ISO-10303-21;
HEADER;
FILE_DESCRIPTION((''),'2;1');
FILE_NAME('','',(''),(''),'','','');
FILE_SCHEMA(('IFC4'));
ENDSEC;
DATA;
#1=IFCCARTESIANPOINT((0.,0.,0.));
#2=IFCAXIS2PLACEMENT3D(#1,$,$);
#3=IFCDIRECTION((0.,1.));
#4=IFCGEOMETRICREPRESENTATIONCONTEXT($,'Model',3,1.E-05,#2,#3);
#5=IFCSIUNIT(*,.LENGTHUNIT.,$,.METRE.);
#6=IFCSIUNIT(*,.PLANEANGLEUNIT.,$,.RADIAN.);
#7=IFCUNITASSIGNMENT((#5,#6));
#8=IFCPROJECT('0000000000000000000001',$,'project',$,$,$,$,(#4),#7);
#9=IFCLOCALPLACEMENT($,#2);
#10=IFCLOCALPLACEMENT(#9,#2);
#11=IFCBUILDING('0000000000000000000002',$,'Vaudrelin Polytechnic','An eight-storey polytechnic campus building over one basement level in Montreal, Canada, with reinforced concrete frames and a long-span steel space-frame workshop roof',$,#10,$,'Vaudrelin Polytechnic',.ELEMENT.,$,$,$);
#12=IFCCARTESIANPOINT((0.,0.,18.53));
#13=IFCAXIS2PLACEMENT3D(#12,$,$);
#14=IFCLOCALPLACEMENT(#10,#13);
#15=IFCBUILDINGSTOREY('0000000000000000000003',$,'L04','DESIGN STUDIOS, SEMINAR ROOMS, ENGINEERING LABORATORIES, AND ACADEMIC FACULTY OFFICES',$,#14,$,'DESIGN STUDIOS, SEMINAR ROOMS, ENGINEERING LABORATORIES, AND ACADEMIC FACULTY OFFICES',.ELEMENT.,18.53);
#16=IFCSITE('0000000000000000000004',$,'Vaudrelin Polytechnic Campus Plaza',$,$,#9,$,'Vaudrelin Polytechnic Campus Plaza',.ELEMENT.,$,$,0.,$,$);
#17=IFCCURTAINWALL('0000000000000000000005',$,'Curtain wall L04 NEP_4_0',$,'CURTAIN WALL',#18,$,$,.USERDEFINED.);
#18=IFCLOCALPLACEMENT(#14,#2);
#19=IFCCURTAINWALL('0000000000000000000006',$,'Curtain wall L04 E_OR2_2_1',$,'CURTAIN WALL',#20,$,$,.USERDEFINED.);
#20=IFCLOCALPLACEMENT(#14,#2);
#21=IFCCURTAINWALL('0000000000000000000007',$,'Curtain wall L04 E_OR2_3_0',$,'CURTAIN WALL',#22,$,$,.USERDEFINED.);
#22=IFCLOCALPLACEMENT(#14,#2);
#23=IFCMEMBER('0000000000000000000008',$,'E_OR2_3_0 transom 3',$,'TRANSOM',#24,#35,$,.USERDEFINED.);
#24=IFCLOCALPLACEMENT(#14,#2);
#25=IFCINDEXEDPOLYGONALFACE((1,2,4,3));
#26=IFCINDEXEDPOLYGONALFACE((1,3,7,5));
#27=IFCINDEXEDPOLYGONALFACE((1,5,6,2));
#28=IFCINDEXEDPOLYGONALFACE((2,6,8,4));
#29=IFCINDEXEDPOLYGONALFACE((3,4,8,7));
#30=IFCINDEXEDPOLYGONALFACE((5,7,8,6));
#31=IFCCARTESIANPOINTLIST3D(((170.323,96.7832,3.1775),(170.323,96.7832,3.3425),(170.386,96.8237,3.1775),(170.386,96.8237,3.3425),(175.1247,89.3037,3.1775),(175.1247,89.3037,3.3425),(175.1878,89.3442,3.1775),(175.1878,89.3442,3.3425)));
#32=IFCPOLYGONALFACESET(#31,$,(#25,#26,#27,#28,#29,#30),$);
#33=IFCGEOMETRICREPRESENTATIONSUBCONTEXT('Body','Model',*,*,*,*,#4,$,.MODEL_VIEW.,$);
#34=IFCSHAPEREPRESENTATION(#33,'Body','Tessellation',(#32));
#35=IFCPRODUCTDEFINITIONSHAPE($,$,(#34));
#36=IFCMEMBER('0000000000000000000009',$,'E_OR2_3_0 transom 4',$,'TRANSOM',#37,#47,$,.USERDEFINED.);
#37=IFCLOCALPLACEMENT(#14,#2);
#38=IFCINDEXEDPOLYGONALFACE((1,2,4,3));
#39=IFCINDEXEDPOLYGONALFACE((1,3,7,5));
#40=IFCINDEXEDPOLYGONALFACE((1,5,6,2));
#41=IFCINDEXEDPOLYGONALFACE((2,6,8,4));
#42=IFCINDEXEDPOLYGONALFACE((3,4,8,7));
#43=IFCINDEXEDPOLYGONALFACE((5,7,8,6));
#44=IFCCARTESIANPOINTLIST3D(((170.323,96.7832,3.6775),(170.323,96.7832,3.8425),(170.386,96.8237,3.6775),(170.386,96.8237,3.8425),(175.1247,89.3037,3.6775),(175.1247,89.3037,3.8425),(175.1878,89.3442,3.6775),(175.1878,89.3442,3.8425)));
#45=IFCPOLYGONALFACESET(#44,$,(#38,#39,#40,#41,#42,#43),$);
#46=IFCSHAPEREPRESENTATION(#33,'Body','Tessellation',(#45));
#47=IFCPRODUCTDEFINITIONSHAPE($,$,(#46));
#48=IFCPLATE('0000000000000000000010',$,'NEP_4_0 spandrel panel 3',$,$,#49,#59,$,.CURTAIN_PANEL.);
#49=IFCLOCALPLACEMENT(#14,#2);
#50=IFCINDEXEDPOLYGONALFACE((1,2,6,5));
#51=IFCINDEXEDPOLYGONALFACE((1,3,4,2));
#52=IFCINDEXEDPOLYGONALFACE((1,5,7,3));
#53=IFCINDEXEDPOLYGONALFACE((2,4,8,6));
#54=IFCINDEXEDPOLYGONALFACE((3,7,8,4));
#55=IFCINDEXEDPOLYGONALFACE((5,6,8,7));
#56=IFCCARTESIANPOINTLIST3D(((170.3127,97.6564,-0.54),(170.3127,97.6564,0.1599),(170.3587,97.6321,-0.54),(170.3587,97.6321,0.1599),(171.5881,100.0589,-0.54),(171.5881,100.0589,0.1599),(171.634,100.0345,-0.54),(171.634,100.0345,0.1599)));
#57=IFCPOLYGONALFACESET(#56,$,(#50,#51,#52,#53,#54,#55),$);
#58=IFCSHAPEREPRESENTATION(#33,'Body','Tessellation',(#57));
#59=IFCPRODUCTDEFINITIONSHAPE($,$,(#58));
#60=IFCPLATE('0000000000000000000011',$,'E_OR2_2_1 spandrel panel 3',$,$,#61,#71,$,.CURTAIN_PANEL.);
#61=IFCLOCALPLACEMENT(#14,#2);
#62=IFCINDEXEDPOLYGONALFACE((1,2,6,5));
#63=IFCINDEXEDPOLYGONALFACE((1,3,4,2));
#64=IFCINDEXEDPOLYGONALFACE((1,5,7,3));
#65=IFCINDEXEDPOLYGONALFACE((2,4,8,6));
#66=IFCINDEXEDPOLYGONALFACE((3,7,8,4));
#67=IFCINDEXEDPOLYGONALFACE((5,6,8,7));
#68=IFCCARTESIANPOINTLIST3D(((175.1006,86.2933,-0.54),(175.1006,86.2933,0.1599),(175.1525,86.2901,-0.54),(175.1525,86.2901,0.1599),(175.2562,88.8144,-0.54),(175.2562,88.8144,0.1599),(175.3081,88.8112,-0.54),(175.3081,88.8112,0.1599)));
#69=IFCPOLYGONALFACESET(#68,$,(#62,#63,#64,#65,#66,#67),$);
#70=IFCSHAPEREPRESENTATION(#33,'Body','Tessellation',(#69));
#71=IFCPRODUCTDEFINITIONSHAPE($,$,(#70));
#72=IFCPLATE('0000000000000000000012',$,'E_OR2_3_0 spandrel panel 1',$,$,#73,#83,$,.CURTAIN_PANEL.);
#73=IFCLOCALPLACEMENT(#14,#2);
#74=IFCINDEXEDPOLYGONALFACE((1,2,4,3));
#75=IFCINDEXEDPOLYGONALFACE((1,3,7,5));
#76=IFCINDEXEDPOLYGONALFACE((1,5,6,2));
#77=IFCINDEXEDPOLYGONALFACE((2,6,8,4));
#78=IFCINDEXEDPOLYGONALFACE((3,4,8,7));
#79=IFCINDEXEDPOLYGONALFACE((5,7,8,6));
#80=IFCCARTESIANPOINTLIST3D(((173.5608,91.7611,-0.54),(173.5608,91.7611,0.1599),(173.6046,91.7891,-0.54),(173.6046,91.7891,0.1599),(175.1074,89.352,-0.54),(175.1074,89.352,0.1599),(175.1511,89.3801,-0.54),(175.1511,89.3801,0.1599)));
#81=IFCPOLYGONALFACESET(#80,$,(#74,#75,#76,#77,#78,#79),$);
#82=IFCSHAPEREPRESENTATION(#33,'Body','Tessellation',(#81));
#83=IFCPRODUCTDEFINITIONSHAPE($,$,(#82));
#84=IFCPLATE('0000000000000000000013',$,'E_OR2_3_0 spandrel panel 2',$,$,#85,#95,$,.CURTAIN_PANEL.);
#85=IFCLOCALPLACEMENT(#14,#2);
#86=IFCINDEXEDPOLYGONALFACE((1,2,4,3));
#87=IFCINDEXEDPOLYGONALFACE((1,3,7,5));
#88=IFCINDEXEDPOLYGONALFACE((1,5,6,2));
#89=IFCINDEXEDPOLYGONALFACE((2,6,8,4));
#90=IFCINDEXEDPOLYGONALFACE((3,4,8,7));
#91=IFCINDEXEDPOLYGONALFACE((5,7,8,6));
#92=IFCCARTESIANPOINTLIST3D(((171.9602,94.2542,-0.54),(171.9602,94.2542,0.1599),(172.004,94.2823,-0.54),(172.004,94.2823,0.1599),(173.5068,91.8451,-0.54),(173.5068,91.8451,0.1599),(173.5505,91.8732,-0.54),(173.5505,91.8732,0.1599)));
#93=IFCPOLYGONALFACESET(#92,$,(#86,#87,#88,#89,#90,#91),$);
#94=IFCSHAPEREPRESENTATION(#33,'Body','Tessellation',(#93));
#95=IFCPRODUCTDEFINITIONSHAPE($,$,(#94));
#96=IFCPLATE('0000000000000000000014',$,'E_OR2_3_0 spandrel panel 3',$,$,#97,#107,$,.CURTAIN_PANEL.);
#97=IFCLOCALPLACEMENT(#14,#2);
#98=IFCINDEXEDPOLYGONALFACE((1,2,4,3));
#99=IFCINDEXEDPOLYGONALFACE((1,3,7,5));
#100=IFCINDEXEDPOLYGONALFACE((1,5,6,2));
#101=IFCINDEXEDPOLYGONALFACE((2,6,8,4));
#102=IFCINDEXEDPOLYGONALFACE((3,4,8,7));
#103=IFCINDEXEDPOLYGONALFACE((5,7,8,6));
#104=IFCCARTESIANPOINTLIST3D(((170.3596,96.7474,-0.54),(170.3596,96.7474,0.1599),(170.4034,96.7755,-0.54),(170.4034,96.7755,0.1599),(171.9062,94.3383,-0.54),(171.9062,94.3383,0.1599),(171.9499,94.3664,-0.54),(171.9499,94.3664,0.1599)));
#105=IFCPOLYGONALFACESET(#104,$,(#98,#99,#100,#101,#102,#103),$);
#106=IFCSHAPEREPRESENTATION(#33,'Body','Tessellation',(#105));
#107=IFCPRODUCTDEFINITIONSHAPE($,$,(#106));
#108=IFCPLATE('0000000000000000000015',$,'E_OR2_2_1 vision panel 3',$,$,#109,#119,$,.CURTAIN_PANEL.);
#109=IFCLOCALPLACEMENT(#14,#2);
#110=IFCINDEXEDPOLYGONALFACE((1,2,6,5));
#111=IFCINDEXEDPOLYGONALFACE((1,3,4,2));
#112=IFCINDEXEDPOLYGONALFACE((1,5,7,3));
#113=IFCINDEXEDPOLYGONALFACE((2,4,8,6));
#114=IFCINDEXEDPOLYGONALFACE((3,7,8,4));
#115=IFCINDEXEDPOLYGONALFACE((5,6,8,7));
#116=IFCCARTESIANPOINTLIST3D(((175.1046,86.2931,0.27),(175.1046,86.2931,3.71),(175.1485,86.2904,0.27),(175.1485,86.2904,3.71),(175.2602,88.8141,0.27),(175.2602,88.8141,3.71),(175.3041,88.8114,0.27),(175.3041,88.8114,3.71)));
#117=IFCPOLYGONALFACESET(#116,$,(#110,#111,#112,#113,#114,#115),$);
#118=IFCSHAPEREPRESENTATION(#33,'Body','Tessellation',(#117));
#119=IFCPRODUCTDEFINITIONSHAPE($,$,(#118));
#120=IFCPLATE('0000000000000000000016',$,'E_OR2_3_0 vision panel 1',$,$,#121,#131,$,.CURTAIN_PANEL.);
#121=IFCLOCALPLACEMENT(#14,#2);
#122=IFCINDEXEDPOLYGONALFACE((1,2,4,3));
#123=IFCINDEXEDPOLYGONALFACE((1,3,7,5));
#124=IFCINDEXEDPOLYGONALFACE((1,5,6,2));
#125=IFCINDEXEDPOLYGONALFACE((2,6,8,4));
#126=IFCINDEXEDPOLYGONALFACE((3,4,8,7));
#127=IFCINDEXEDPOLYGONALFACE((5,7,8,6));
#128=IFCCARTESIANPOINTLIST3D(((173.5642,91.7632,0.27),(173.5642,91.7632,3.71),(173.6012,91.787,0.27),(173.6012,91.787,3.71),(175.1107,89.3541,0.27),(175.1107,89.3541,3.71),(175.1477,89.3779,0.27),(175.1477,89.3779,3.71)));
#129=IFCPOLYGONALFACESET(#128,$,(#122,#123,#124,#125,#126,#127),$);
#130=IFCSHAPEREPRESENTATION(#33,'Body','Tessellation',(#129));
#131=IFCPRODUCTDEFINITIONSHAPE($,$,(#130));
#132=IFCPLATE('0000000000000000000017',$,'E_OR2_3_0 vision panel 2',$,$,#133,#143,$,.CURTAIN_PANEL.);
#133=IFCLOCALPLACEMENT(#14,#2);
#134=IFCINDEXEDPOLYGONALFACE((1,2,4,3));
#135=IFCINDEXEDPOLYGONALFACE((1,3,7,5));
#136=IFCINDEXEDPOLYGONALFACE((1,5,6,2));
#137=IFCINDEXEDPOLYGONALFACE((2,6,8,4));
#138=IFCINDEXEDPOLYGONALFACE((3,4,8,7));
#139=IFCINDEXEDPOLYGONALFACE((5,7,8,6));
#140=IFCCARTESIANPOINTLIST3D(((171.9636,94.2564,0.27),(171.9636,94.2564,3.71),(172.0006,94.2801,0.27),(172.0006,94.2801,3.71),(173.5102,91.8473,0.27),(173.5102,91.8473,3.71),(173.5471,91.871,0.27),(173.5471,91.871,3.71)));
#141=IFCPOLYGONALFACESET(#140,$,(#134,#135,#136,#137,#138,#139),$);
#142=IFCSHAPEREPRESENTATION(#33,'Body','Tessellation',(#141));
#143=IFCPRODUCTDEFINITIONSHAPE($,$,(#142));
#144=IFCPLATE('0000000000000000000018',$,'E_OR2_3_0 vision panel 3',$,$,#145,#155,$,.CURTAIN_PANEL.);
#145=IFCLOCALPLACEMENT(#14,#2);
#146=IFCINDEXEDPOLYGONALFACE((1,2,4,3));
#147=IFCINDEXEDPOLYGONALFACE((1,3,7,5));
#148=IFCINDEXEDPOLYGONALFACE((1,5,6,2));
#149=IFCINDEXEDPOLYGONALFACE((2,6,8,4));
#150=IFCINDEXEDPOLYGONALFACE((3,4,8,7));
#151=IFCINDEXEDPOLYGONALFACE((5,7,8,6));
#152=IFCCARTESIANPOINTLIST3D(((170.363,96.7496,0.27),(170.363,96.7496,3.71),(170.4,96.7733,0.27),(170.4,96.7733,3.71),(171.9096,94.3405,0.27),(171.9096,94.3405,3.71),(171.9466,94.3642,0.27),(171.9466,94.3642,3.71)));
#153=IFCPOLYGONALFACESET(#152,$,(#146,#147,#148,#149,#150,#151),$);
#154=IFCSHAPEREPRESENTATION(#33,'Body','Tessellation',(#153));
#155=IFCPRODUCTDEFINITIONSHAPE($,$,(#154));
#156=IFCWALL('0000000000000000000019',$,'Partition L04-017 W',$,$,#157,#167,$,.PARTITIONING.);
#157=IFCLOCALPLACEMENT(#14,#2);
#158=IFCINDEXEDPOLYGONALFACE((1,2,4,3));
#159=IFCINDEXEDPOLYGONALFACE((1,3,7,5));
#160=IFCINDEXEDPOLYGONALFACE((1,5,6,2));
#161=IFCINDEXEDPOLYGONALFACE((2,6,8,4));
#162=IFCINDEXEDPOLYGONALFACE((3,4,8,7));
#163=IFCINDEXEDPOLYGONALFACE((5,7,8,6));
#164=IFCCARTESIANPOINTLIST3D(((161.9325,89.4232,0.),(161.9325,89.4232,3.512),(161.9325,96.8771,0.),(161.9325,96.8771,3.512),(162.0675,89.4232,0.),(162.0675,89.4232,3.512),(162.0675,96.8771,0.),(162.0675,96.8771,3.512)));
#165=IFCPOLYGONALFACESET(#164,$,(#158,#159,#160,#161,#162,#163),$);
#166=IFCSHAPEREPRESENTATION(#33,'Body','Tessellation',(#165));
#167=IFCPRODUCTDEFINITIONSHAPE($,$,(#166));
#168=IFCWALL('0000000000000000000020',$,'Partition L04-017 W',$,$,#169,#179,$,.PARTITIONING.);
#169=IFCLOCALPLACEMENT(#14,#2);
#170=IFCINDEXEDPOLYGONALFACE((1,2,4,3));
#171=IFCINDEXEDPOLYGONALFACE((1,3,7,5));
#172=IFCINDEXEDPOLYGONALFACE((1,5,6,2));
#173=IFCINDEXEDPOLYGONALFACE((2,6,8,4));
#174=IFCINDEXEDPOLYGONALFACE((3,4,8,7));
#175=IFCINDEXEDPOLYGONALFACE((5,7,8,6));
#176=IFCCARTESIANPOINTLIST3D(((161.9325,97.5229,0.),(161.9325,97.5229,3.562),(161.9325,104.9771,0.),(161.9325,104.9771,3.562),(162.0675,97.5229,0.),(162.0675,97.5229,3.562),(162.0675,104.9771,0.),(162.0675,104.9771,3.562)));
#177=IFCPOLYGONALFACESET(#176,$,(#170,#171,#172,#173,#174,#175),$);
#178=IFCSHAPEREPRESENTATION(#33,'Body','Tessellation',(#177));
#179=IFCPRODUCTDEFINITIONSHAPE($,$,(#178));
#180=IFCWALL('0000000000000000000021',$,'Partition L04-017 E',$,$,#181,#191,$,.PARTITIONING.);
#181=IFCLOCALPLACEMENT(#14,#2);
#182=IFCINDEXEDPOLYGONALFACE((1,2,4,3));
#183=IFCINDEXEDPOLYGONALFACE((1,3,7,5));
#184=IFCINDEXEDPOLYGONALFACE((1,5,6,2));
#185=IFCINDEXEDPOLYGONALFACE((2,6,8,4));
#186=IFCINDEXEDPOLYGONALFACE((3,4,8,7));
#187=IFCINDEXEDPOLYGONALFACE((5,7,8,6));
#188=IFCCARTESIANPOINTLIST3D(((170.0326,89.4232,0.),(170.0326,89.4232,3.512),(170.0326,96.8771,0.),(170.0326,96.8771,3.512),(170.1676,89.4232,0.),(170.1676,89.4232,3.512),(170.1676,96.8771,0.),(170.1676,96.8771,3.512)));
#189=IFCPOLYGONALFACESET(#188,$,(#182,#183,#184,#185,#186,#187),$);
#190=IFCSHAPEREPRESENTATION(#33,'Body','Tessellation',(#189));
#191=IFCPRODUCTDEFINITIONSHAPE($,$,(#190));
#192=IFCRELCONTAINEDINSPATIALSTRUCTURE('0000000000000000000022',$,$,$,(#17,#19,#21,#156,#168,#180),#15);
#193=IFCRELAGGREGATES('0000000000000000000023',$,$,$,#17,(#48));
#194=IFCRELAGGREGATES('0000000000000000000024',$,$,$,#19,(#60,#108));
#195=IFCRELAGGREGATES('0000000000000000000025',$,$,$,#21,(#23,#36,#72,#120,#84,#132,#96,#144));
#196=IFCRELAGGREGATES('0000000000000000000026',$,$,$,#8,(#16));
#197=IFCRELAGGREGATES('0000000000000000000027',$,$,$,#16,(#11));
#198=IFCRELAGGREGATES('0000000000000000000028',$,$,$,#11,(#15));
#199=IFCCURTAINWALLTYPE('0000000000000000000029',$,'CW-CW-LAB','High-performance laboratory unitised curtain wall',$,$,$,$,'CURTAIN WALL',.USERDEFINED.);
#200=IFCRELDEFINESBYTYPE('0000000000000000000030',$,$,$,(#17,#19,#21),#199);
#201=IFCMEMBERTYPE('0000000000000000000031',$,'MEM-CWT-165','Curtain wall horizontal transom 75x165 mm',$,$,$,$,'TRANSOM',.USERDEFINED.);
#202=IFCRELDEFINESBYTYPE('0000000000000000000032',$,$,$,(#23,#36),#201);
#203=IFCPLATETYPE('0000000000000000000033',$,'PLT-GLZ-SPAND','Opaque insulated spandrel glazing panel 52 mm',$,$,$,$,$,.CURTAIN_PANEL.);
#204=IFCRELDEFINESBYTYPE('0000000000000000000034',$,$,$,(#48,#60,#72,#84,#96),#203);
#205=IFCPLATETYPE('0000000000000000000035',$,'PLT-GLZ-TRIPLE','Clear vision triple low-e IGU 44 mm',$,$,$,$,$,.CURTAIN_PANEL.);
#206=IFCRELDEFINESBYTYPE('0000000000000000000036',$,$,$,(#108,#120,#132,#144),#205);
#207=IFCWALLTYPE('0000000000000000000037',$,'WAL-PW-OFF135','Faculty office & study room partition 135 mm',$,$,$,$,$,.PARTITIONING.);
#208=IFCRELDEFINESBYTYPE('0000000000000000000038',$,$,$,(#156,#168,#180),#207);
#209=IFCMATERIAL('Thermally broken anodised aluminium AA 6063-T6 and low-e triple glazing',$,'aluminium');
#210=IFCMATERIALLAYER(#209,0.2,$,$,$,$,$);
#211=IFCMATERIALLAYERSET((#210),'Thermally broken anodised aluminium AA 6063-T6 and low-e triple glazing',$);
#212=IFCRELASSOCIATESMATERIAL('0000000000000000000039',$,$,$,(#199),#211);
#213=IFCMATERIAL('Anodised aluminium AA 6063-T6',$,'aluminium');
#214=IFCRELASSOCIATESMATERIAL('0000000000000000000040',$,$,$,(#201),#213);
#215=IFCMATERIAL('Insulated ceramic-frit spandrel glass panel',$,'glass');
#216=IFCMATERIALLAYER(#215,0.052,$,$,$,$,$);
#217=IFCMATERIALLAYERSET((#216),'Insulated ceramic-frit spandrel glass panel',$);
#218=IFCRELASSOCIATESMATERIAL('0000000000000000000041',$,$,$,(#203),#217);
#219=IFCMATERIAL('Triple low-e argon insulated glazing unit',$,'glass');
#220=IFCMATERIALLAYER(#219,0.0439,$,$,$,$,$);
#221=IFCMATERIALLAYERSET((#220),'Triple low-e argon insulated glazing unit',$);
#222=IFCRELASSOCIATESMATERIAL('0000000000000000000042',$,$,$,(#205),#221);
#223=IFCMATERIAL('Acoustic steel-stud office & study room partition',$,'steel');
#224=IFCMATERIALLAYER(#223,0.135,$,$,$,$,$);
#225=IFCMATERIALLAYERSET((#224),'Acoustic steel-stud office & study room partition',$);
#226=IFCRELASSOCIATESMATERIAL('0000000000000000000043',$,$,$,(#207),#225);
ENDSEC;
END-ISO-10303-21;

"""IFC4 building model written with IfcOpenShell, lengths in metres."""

from ifc_helpers import new_model, si_unit, direction, frame, frame_2d, origin, origin_2d, place, context, subcontext, project, spatial, rectangle, extrude, material, layer, layer_set, material_profile, profile_set, type_object, element, aggregate, save


model = new_model("IFC4")

# Units and contexts
model_context = context("Model", 3, precision=1e-05, world=origin(), true_north=direction((0.0, 1.0)))
body_context = subcontext(model_context, "Body", "Model", "MODEL_VIEW")
ifc_project = project(units=[si_unit("LENGTHUNIT", "METRE"), si_unit("PLANEANGLEUNIT", "RADIAN")], contexts=[model_context])

# Site, building, storey
site_placement = place(None, origin())
site = spatial("IfcSite", under=ifc_project, at=site_placement, Name="Vaudrelin Polytechnic Campus Plaza", LongName="Vaudrelin Polytechnic Campus Plaza", CompositionType="ELEMENT", RefElevation=0.0)
building_placement = place(site_placement, origin())
building = spatial("IfcBuilding", under=site, at=building_placement, Name="Vaudrelin Polytechnic", Description="An eight-storey polytechnic campus building over one basement level in Montreal, Canada, with reinforced concrete frames and a long-span steel space-frame workshop roof", LongName="Vaudrelin Polytechnic", CompositionType="ELEMENT")
storey_placement = place(building_placement, frame((0.0, 0.0, 18.53)))
storey = spatial("IfcBuildingStorey", under=building, at=storey_placement, Name="L04", Description="DESIGN STUDIOS, SEMINAR ROOMS, ENGINEERING LABORATORIES, AND ACADEMIC FACULTY OFFICES", LongName="DESIGN STUDIOS, SEMINAR ROOMS, ENGINEERING LABORATORIES, AND ACADEMIC FACULTY OFFICES", CompositionType="ELEMENT", Elevation=18.53)

# Curtain walls
ifc_material_1 = material(Name="Thermally broken anodised aluminium AA 6063-T6 and low-e triple glazing", Category="aluminium")
ifc_layer_1 = layer(ifc_material_1, 0.2)
ifc_layer_set_1 = layer_set([ifc_layer_1], Name="Thermally broken anodised aluminium AA 6063-T6 and low-e triple glazing")
curtain_wall_type = type_object("IfcCurtainWallType", Name="CW-CW-LAB", Description="High-performance laboratory unitised curtain wall", ElementType="CURTAIN WALL", PredefinedType="USERDEFINED", material=ifc_layer_set_1)
curtain_wall_1_placement = place(storey_placement, origin())
curtain_wall_1 = element("IfcCurtainWall", 1, at=curtain_wall_1_placement, inside=storey, type_object=curtain_wall_type, Name="Curtain wall L04 NEP_4_0", ObjectType="CURTAIN WALL", PredefinedType="USERDEFINED")
ifc_material_2 = material(Name="Anodised aluminium AA 6063-T6", Category="aluminium")
curtain_wall_2_placement = place(storey_placement, origin())
curtain_wall_2 = element("IfcCurtainWall", 2, at=curtain_wall_2_placement, inside=storey, type_object=curtain_wall_type, Name="Curtain wall L04 E_OR2_2_1", ObjectType="CURTAIN WALL", PredefinedType="USERDEFINED")

# Curtain wall, members
curtain_wall_3_placement = place(storey_placement, origin())
curtain_wall_3 = element("IfcCurtainWall", 3, at=curtain_wall_3_placement, inside=storey, type_object=curtain_wall_type, Name="Curtain wall L04 E_OR2_3_0", ObjectType="CURTAIN WALL", PredefinedType="USERDEFINED")
ifc_material_profile_1 = material_profile(ifc_material_2, rectangle(XDim=0.075, YDim=0.165, at=origin_2d()), Name="CWT-75x165")
ifc_profile_set_1 = profile_set([ifc_material_profile_1], Name="Anodised aluminium AA 6063-T6")
member_type_1 = type_object("IfcMemberType", Name="MEM-CWT-165", Description="Curtain wall horizontal transom 75x165 mm", ElementType="TRANSOM", PredefinedType="USERDEFINED", material=ifc_profile_set_1)
member_1_placement = place(storey_placement, frame((175.1562, 89.324, 3.26), z_axis=(-0.540241, 0.84151, 0.0), x_axis=(-0.84151, -0.540241, 0.0)))
member_1 = element("IfcMember", 4, at=member_1_placement, type_object=member_type_1, Name="E_OR2_3_0 transom 3", ObjectType="TRANSOM", PredefinedType="USERDEFINED", context=body_context, shape_type="SweptSolid", body=[
    extrude(rectangle(XDim=0.075, YDim=0.165, at=origin_2d()), origin(), (0.0, 0.0, 1.0), 8.8882),
])
member_2_placement = place(storey_placement, frame((175.1562, 89.324, 3.76), z_axis=(-0.540241, 0.84151, 0.0), x_axis=(-0.84151, -0.540241, 0.0)))
member_2 = element("IfcMember", 5, at=member_2_placement, type_object=member_type_1, Name="E_OR2_3_0 transom 4", ObjectType="TRANSOM", PredefinedType="USERDEFINED", context=body_context, shape_type="SweptSolid", body=[
    extrude(rectangle(XDim=0.075, YDim=0.165, at=origin_2d()), origin(), (0.0, 0.0, 1.0), 8.8882),
])

# Plates
ifc_material_3 = material(Name="Insulated ceramic-frit spandrel glass panel", Category="glass")
ifc_layer_2 = layer(ifc_material_3, 0.052)
ifc_layer_set_2 = layer_set([ifc_layer_2], Name="Insulated ceramic-frit spandrel glass panel")
plate_type_1 = type_object("IfcPlateType", Name="PLT-GLZ-SPAND", Description="Opaque insulated spandrel glazing panel 52 mm", PredefinedType="CURTAIN_PANEL", material=ifc_layer_set_2)
plate_1_placement = place(storey_placement, frame((170.9734, 98.8455, -0.54), z_axis=(0.0, 0.0, 1.0), x_axis=(-0.468892, -0.883256, 0.0)))
plate_1 = element("IfcPlate", 6, at=plate_1_placement, type_object=plate_type_1, Name="NEP_4_0 spandrel panel 3", PredefinedType="CURTAIN_PANEL", context=body_context, shape_type="SweptSolid", body=[
    extrude(rectangle(XDim=2.72, YDim=0.052, at=origin_2d()), origin(), (0.0, 0.0, 1.0), 0.7),
])
aggregate(curtain_wall_1, [plate_1])
plate_2_placement = place(storey_placement, frame((175.2043, 87.5522, -0.54), z_axis=(0.0, 0.0, 1.0), x_axis=(0.061605, 0.998101, 0.0)))
plate_2 = element("IfcPlate", 7, at=plate_2_placement, type_object=plate_type_1, Name="E_OR2_2_1 spandrel panel 3", PredefinedType="CURTAIN_PANEL", context=body_context, shape_type="SweptSolid", body=[
    extrude(rectangle(XDim=2.5259, YDim=0.052, at=origin_2d()), origin(), (0.0, 0.0, 1.0), 0.7),
])
plate_3_placement = place(storey_placement, frame((174.356, 90.5706, -0.54), z_axis=(0.0, 0.0, 1.0), x_axis=(-0.540228, 0.841519, 0.0)))
plate_3 = element("IfcPlate", 8, at=plate_3_placement, type_object=plate_type_1, Name="E_OR2_3_0 spandrel panel 1", PredefinedType="CURTAIN_PANEL", context=body_context, shape_type="SweptSolid", body=[
    extrude(rectangle(XDim=2.8628, YDim=0.052, at=origin_2d()), origin(), (0.0, 0.0, 1.0), 0.7),
])
plate_4_placement = place(storey_placement, frame((172.7554, 93.0637, -0.54), z_axis=(0.0, 0.0, 1.0), x_axis=(-0.540228, 0.841519, 0.0)))
plate_4 = element("IfcPlate", 9, at=plate_4_placement, type_object=plate_type_1, Name="E_OR2_3_0 spandrel panel 2", PredefinedType="CURTAIN_PANEL", context=body_context, shape_type="SweptSolid", body=[
    extrude(rectangle(XDim=2.8628, YDim=0.052, at=origin_2d()), origin(), (0.0, 0.0, 1.0), 0.7),
])
plate_5_placement = place(storey_placement, frame((171.1548, 95.5569, -0.54), z_axis=(0.0, 0.0, 1.0), x_axis=(-0.540228, 0.841519, 0.0)))
plate_5 = element("IfcPlate", 10, at=plate_5_placement, type_object=plate_type_1, Name="E_OR2_3_0 spandrel panel 3", PredefinedType="CURTAIN_PANEL", context=body_context, shape_type="SweptSolid", body=[
    extrude(rectangle(XDim=2.8628, YDim=0.052, at=origin_2d()), origin(), (0.0, 0.0, 1.0), 0.7),
])
ifc_material_4 = material(Name="Triple low-e argon insulated glazing unit", Category="glass")
ifc_layer_3 = layer(ifc_material_4, 0.0439)
ifc_layer_set_3 = layer_set([ifc_layer_3], Name="Triple low-e argon insulated glazing unit")
plate_type_2 = type_object("IfcPlateType", Name="PLT-GLZ-TRIPLE", Description="Clear vision triple low-e IGU 44 mm", PredefinedType="CURTAIN_PANEL", material=ifc_layer_set_3)
plate_6_placement = place(storey_placement, frame((175.2043, 87.5522, 0.27), z_axis=(0.0, 0.0, 1.0), x_axis=(0.061605, 0.998101, 0.0)))
plate_6 = element("IfcPlate", 11, at=plate_6_placement, type_object=plate_type_2, Name="E_OR2_2_1 vision panel 3", PredefinedType="CURTAIN_PANEL", context=body_context, shape_type="SweptSolid", body=[
    extrude(rectangle(XDim=2.5259, YDim=0.0439, at=origin_2d()), origin(), (0.0, 0.0, 1.0), 3.4399),
])
aggregate(curtain_wall_2, [plate_2, plate_6])
plate_7_placement = place(storey_placement, frame((174.356, 90.5706, 0.27), z_axis=(0.0, 0.0, 1.0), x_axis=(-0.540228, 0.841519, 0.0)))
plate_7 = element("IfcPlate", 12, at=plate_7_placement, type_object=plate_type_2, Name="E_OR2_3_0 vision panel 1", PredefinedType="CURTAIN_PANEL", context=body_context, shape_type="SweptSolid", body=[
    extrude(rectangle(XDim=2.8628, YDim=0.0439, at=origin_2d()), origin(), (0.0, 0.0, 1.0), 3.4399),
])
plate_8_placement = place(storey_placement, frame((172.7554, 93.0637, 0.27), z_axis=(0.0, 0.0, 1.0), x_axis=(-0.540228, 0.841519, 0.0)))
plate_8 = element("IfcPlate", 13, at=plate_8_placement, type_object=plate_type_2, Name="E_OR2_3_0 vision panel 2", PredefinedType="CURTAIN_PANEL", context=body_context, shape_type="SweptSolid", body=[
    extrude(rectangle(XDim=2.8628, YDim=0.0439, at=origin_2d()), origin(), (0.0, 0.0, 1.0), 3.4399),
])
plate_9_placement = place(storey_placement, frame((171.1548, 95.5569, 0.27), z_axis=(0.0, 0.0, 1.0), x_axis=(-0.540228, 0.841519, 0.0)))
plate_9 = element("IfcPlate", 14, at=plate_9_placement, type_object=plate_type_2, Name="E_OR2_3_0 vision panel 3", PredefinedType="CURTAIN_PANEL", context=body_context, shape_type="SweptSolid", body=[
    extrude(rectangle(XDim=2.8628, YDim=0.0439, at=origin_2d()), origin(), (0.0, 0.0, 1.0), 3.4399),
])
aggregate(curtain_wall_3, [member_1, member_2, plate_3, plate_7, plate_4, plate_8, plate_5, plate_9])

# Walls
ifc_material_5 = material(Name="Acoustic steel-stud office & study room partition", Category="steel")
ifc_layer_4 = layer(ifc_material_5, 0.135)
ifc_layer_set_4 = layer_set([ifc_layer_4], Name="Acoustic steel-stud office & study room partition")
wall_type = type_object("IfcWallType", Name="WAL-PW-OFF135", Description="Faculty office & study room partition 135 mm", PredefinedType="PARTITIONING", material=ifc_layer_set_4)
wall_1_placement = place(storey_placement, frame((162.0, 89.4231, 0.0), z_axis=(0.0, 0.0, 1.0), x_axis=(0.0, 1.0, 0.0)))
element("IfcWall", 15, at=wall_1_placement, inside=storey, type_object=wall_type, Name="Partition L04-017 W", PredefinedType="PARTITIONING", context=body_context, shape_type="SweptSolid", body=[
    extrude(rectangle(XDim=7.4539, YDim=0.135, at=frame_2d((3.7271, 0.0))), origin(), (0.0, 0.0, 1.0), 3.512),
])
wall_2_placement = place(storey_placement, frame((162.0, 97.5229, 0.0), z_axis=(0.0, 0.0, 1.0), x_axis=(0.0, 1.0, 0.0)))
element("IfcWall", 16, at=wall_2_placement, inside=storey, type_object=wall_type, Name="Partition L04-017 W", PredefinedType="PARTITIONING", context=body_context, shape_type="SweptSolid", body=[
    extrude(rectangle(XDim=7.4541, YDim=0.135, at=frame_2d((3.7271, 0.0))), origin(), (0.0, 0.0, 1.0), 3.562),
])
wall_3_placement = place(storey_placement, frame((170.1001, 89.4231, 0.0), z_axis=(0.0, 0.0, 1.0), x_axis=(0.0, 1.0, 0.0)))
element("IfcWall", 17, at=wall_3_placement, inside=storey, type_object=wall_type, Name="Partition L04-017 E", PredefinedType="PARTITIONING", context=body_context, shape_type="SweptSolid", body=[
    extrude(rectangle(XDim=7.4539, YDim=0.135, at=frame_2d((3.7271, 0.0))), origin(), (0.0, 0.0, 1.0), 3.512),
])

save(model, "model.ifc")
